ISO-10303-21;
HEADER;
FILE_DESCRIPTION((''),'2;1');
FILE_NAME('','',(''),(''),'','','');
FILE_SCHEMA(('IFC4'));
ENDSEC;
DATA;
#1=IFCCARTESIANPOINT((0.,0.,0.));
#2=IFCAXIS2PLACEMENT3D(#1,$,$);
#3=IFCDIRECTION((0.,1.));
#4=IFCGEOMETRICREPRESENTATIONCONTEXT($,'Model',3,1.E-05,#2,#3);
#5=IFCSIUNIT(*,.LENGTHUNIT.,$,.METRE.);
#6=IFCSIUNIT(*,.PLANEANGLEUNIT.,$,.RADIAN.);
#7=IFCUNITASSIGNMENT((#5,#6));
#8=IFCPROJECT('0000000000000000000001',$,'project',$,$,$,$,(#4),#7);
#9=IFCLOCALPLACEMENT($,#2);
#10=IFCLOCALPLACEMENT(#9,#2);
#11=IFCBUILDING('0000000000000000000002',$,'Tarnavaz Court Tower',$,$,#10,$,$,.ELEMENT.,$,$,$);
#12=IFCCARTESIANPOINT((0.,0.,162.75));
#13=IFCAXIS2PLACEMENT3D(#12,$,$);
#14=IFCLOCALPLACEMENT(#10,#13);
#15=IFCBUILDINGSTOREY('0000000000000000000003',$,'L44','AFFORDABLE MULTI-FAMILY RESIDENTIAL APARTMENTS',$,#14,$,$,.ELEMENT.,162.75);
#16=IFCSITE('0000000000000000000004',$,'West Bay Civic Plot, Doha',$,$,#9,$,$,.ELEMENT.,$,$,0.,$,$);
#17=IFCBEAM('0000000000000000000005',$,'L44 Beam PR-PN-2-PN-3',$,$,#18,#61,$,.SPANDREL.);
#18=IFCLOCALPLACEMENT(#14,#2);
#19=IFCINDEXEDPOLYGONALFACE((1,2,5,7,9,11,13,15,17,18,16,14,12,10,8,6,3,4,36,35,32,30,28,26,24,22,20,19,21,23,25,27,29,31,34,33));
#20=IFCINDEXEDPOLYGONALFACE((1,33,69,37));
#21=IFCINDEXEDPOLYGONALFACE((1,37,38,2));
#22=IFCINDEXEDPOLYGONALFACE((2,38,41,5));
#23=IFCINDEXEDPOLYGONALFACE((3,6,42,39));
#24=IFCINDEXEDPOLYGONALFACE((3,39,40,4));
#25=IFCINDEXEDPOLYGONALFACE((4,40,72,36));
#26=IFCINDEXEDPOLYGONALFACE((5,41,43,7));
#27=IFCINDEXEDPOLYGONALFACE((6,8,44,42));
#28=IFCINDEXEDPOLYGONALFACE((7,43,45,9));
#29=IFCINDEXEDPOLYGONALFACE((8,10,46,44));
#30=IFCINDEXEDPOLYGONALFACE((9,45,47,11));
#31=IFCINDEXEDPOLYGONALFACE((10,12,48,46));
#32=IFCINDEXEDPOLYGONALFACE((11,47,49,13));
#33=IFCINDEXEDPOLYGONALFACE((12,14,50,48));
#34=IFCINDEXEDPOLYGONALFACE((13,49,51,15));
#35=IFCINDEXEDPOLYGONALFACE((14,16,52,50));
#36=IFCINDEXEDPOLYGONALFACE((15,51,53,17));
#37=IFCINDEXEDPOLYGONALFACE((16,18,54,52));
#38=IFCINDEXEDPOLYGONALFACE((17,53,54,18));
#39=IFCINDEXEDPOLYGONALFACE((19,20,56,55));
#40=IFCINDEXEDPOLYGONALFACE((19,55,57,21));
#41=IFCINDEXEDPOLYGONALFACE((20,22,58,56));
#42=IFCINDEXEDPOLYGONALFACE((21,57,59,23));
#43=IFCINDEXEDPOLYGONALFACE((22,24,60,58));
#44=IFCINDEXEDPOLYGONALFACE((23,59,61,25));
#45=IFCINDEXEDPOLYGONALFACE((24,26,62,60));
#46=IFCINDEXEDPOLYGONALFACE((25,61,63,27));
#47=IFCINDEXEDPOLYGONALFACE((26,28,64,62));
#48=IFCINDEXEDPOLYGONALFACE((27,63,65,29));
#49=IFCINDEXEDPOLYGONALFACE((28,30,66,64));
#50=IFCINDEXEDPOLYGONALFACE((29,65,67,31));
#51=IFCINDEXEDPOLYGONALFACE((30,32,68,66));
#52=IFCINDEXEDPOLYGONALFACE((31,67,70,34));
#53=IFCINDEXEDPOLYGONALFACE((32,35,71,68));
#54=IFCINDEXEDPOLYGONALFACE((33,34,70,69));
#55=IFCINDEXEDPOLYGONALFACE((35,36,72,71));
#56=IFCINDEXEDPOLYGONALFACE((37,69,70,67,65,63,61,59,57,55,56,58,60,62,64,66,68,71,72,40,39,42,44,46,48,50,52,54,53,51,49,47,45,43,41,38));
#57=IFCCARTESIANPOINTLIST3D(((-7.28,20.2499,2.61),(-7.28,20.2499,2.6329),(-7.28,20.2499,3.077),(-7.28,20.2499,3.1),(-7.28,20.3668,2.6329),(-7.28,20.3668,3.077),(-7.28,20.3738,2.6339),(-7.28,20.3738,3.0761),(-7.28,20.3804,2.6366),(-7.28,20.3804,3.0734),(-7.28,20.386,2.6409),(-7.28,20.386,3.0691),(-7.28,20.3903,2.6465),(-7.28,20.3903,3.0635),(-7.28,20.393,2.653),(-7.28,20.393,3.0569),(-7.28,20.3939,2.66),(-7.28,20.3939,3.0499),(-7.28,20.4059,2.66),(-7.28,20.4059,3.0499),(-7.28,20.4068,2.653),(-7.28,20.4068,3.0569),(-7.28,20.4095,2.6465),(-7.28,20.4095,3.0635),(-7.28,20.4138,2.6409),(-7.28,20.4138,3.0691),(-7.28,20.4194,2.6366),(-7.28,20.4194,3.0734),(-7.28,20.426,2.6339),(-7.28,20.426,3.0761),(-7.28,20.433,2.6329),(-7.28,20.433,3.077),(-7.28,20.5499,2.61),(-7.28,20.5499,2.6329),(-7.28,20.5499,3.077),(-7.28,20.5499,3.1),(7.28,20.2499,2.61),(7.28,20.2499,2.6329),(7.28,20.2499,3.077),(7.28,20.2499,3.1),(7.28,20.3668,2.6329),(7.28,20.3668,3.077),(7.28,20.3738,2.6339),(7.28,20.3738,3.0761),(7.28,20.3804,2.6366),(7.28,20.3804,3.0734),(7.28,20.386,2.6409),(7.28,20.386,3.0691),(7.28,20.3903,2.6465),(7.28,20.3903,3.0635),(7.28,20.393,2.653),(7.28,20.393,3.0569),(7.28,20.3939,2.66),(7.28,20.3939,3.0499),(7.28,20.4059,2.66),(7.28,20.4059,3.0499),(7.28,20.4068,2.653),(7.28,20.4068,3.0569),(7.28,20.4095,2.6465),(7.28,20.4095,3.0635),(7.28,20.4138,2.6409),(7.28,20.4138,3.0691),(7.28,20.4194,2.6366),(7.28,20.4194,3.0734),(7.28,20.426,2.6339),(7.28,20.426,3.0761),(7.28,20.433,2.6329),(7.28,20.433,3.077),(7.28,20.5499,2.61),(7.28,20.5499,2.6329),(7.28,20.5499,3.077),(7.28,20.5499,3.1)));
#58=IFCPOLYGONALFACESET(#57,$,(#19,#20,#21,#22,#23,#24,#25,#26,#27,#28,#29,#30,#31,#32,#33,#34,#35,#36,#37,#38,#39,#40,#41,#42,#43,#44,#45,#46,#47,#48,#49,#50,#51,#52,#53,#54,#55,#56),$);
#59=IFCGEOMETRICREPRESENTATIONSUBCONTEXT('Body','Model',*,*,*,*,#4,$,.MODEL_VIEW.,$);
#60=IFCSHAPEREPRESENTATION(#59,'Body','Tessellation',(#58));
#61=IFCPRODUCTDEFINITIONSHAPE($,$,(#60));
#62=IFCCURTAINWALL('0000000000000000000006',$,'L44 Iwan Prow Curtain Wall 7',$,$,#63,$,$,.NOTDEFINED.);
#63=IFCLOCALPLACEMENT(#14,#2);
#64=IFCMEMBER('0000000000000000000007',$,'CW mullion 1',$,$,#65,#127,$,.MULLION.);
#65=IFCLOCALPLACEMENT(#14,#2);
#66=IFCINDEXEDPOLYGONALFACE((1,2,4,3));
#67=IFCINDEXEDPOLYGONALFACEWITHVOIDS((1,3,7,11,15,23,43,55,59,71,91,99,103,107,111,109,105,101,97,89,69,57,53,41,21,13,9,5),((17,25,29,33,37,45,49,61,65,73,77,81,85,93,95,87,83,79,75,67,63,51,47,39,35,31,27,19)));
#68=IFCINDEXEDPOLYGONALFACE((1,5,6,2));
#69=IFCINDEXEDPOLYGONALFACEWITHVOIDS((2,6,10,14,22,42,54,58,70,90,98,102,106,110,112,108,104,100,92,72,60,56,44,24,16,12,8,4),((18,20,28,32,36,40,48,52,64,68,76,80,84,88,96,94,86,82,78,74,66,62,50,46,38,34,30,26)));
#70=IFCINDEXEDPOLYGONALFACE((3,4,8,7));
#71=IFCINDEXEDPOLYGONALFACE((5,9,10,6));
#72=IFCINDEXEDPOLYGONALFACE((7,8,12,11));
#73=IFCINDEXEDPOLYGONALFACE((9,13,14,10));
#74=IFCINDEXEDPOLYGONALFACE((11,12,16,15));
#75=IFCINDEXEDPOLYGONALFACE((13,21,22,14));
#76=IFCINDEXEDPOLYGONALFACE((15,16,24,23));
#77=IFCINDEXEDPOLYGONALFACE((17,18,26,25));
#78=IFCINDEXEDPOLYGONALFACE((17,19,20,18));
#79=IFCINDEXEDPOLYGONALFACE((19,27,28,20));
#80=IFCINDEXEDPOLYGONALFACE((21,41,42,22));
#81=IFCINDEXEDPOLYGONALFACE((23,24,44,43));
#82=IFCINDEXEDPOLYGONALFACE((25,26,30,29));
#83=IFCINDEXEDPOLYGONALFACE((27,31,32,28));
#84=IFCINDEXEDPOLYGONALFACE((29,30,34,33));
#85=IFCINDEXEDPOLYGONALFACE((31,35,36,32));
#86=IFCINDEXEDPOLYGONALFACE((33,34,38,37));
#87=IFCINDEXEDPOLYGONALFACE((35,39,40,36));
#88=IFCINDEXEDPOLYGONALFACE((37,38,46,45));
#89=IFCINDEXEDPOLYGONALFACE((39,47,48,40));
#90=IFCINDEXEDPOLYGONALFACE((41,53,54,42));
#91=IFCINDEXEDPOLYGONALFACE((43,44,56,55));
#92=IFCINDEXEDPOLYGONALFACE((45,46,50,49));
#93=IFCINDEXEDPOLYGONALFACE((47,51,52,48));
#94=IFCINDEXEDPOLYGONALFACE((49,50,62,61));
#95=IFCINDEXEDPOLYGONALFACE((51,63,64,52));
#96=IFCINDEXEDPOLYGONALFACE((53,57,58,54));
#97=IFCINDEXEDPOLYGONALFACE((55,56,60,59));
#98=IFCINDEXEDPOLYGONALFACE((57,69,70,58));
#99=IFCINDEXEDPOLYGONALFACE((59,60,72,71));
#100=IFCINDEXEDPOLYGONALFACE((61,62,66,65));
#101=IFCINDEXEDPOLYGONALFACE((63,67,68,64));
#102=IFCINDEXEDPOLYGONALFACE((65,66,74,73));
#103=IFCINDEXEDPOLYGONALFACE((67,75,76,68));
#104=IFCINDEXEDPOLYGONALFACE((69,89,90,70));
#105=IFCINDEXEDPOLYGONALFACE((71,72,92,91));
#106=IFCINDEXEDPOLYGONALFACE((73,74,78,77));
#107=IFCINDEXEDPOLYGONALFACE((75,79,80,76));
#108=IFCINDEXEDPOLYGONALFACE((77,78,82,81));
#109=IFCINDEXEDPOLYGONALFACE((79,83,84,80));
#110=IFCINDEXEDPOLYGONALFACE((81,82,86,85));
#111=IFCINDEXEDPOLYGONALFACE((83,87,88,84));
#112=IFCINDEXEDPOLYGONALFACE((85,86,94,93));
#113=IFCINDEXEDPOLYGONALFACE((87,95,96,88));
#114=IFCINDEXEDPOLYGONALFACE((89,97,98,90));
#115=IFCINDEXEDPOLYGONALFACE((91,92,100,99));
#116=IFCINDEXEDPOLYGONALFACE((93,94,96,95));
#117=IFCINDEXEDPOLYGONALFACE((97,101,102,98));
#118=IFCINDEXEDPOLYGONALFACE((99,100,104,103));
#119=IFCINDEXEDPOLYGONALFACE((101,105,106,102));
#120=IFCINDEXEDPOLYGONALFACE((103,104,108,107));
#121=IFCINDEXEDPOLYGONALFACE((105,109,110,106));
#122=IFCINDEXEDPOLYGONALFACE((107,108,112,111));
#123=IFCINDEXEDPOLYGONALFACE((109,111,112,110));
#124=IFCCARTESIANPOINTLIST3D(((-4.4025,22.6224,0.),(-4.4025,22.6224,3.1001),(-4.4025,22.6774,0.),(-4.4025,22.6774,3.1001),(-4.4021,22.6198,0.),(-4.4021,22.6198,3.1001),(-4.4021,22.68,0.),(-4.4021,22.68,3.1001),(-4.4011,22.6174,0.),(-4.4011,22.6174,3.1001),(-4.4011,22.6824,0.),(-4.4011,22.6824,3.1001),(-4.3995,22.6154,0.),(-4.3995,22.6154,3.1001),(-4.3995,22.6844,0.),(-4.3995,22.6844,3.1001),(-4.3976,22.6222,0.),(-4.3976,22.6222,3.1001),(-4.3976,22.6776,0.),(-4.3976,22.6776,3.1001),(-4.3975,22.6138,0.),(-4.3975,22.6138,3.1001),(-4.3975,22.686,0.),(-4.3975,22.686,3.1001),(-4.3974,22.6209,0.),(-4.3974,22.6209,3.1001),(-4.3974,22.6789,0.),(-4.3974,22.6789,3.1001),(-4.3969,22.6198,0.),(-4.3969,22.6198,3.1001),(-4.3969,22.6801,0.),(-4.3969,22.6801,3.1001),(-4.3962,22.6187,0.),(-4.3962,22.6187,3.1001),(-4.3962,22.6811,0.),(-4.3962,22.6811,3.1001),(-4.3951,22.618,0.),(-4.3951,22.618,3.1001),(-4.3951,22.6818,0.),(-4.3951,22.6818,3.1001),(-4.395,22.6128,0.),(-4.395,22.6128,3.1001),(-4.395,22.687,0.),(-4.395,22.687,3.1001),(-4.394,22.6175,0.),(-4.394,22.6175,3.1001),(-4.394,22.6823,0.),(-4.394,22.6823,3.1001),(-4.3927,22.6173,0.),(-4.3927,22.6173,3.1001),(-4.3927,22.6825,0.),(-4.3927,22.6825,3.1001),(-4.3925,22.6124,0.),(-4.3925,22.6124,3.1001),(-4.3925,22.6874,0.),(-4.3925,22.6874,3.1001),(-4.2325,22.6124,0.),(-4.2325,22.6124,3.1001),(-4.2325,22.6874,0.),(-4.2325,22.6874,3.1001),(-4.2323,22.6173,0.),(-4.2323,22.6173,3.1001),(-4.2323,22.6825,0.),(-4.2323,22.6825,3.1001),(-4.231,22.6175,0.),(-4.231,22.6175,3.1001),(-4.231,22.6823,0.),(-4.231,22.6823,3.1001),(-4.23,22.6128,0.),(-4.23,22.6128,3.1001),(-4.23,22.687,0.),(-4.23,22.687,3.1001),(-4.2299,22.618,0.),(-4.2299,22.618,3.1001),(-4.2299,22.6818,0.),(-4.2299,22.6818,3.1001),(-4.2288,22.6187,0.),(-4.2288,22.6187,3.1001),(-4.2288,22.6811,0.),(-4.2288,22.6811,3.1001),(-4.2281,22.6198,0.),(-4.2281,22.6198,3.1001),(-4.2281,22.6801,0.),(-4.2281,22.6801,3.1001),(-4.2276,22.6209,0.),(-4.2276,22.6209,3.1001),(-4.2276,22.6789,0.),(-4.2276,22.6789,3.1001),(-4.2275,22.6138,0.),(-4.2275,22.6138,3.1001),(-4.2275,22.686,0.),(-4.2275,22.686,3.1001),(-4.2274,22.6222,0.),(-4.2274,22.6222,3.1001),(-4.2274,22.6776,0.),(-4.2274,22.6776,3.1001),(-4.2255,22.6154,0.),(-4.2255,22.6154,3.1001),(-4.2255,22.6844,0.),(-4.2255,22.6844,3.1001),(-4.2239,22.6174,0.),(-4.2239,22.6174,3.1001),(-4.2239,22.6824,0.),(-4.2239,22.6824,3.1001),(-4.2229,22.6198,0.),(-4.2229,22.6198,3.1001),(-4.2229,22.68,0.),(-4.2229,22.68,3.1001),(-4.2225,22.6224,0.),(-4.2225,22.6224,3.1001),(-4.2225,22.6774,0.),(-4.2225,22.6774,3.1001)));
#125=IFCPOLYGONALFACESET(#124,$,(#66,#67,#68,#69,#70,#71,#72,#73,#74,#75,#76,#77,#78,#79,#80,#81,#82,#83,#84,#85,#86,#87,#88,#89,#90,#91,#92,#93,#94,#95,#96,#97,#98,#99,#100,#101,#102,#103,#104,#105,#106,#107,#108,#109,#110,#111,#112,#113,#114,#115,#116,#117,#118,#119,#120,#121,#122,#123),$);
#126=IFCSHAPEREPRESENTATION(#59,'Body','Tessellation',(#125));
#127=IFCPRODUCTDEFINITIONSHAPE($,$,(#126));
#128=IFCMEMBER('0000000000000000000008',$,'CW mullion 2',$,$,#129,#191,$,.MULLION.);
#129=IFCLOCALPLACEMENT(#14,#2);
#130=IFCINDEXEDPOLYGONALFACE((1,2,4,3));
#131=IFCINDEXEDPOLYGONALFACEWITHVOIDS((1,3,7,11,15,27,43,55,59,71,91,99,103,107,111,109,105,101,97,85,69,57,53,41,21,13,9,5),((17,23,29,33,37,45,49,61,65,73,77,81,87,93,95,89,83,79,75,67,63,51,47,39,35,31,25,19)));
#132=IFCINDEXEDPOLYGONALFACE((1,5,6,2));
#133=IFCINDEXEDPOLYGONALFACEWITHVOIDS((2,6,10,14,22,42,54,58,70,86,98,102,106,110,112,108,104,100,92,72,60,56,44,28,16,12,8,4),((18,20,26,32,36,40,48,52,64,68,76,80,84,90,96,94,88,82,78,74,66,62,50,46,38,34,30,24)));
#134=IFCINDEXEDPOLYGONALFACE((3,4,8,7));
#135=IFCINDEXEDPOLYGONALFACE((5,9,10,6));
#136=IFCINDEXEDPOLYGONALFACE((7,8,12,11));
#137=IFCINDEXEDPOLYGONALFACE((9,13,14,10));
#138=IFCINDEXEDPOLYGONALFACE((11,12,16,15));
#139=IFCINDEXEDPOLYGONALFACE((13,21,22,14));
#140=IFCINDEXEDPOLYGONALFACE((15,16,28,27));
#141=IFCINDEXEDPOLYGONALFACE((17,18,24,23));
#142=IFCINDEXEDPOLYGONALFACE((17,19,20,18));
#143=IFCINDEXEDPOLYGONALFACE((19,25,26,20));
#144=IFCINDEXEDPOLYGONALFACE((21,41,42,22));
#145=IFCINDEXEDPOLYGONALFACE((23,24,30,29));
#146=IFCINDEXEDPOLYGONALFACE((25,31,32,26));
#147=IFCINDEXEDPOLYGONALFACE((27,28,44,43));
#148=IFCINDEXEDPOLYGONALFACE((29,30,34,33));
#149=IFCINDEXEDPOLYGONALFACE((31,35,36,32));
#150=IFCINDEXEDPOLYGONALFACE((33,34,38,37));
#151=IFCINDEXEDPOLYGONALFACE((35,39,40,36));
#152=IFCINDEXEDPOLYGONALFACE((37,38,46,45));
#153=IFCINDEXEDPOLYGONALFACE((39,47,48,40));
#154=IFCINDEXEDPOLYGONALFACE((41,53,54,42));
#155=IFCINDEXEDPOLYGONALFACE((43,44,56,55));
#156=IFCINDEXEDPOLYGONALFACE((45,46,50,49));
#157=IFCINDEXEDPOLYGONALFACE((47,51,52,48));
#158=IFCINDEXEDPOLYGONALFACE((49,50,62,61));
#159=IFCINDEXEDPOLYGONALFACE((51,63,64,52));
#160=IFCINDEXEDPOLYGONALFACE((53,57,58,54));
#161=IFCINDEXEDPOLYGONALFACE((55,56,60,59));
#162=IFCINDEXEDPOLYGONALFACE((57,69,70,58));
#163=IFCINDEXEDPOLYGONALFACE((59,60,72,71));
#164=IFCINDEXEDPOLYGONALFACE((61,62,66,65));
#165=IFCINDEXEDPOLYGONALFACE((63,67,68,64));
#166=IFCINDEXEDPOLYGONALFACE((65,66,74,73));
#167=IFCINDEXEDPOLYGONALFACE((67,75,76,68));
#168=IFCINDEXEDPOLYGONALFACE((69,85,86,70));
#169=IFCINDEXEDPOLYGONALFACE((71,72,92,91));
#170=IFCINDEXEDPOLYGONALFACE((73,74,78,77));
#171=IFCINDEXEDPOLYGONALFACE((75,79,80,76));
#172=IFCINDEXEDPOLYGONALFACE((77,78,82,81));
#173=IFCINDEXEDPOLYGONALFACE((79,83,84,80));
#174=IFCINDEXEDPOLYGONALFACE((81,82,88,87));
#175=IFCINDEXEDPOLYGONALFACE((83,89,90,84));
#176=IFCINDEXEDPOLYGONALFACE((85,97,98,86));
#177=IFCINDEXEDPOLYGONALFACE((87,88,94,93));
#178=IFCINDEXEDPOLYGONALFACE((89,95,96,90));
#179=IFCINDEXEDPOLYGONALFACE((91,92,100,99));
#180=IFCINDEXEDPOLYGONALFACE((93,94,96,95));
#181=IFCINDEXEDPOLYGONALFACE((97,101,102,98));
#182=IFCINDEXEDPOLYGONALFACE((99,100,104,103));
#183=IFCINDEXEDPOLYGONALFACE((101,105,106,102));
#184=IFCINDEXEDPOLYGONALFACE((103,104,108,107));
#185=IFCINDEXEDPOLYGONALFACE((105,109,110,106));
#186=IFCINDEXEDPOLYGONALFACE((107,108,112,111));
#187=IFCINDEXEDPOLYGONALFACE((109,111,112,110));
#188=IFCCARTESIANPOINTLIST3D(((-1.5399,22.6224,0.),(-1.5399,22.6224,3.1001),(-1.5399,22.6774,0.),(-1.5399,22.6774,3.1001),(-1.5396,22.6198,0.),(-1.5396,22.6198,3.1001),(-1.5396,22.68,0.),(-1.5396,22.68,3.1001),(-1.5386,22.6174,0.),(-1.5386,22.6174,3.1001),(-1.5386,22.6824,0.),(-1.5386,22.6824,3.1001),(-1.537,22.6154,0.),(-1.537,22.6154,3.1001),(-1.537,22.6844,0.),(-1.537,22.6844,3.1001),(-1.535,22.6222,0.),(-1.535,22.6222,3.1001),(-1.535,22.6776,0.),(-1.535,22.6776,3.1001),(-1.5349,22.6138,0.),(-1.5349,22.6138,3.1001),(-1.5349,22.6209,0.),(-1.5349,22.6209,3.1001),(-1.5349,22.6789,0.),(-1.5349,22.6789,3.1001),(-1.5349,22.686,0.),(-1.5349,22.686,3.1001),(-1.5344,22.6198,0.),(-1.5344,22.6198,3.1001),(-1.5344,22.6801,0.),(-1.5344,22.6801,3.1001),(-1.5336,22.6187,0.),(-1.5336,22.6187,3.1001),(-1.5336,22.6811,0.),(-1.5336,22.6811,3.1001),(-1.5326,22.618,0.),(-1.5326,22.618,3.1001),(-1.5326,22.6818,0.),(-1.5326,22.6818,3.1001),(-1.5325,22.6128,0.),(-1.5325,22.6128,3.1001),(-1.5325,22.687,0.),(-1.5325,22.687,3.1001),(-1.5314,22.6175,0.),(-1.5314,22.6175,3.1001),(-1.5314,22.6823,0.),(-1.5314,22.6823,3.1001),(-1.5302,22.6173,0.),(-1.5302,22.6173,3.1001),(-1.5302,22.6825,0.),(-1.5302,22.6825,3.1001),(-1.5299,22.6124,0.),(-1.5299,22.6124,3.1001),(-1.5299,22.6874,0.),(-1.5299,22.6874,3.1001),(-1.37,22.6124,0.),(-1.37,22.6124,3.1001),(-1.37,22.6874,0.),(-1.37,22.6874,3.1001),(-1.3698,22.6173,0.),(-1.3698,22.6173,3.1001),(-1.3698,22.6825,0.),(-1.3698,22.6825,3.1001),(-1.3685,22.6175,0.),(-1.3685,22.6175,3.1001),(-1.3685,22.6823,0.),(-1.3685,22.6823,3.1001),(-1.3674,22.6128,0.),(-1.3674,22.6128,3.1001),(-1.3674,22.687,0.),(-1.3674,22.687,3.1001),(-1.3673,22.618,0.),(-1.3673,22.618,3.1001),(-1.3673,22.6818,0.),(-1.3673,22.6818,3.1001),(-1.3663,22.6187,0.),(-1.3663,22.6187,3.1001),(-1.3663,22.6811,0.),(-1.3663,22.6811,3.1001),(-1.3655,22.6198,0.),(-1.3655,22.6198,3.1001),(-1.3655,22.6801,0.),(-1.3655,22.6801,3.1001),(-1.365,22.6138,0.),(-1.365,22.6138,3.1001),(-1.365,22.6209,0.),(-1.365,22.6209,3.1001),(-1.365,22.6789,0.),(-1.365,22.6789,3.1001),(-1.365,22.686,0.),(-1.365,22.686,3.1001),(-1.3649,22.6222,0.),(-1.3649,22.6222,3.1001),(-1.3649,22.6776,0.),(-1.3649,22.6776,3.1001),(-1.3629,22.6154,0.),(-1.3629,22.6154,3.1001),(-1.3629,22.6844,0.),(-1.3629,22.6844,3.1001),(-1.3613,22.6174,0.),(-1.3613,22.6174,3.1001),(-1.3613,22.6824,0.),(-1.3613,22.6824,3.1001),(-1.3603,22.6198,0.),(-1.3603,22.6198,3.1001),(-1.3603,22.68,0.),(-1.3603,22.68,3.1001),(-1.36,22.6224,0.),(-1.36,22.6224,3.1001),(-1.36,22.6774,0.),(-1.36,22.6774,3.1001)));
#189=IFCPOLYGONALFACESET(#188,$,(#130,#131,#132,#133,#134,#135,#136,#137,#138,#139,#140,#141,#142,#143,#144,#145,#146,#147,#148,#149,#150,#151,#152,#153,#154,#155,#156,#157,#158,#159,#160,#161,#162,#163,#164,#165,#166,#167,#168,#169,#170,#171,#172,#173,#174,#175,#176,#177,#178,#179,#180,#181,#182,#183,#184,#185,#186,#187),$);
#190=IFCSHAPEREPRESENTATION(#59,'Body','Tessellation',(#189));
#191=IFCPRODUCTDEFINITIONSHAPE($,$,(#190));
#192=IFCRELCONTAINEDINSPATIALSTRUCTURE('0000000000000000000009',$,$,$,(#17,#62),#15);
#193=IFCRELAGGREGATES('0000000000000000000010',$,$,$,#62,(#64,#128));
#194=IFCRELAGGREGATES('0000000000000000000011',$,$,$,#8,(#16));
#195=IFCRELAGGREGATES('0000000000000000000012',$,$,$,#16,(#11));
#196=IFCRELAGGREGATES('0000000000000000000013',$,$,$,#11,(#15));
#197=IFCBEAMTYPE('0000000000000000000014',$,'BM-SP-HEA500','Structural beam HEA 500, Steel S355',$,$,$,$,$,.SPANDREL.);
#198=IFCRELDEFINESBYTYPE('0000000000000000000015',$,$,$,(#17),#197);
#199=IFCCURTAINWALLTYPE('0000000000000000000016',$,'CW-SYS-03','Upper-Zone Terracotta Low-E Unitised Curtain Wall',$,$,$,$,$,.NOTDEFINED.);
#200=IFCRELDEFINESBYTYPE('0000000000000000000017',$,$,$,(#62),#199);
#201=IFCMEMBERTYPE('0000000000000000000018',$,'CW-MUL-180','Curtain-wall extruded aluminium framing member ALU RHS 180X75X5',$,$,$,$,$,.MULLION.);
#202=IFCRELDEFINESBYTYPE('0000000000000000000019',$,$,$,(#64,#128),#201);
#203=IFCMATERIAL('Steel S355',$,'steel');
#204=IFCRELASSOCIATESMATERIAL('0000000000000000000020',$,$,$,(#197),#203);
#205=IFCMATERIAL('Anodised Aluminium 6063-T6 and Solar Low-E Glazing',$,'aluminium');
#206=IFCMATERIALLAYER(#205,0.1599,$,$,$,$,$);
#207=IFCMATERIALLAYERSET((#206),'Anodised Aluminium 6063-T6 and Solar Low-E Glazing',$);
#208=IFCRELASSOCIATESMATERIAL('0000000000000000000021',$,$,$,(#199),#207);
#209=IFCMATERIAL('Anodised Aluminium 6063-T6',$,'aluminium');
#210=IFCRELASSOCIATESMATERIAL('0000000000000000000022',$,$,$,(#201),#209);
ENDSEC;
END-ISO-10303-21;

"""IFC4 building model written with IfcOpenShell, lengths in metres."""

from ifc_helpers import new_model, si_unit, direction, frame, origin, origin_2d, place, context, subcontext, project, spatial, hollow_rectangle, i_section, extrude, material, layer, layer_set, material_profile, profile_set, type_object, element, aggregate, save


model = new_model("IFC4")

# Units and contexts
model_context = context("Model", 3, precision=1e-05, world=origin(), true_north=direction((0.0, 1.0)))
body_context = subcontext(model_context, "Body", "Model", "MODEL_VIEW")
ifc_project = project(units=[si_unit("LENGTHUNIT", "METRE"), si_unit("PLANEANGLEUNIT", "RADIAN")], contexts=[model_context])

# Site, building, storey
site_placement = place(None, origin())
site = spatial("IfcSite", under=ifc_project, at=site_placement, Name="West Bay Civic Plot, Doha", CompositionType="ELEMENT", RefElevation=0.0)
building_placement = place(site_placement, origin())
building = spatial("IfcBuilding", under=site, at=building_placement, Name="Tarnavaz Court Tower", CompositionType="ELEMENT")
storey_placement = place(building_placement, frame((0.0, 0.0, 162.75)))
storey = spatial("IfcBuildingStorey", under=building, at=storey_placement, Name="L44", Description="AFFORDABLE MULTI-FAMILY RESIDENTIAL APARTMENTS", CompositionType="ELEMENT", Elevation=162.75)

# Beam
ifc_material_1 = material(Name="Steel S355", Category="steel")
ifc_material_profile_1 = material_profile(ifc_material_1, i_section(OverallWidth=0.3, OverallDepth=0.49, WebThickness=0.012, FlangeThickness=0.0229, FilletRadius=0.0271, at=origin_2d()), Name="HEA 500")
ifc_profile_set_1 = profile_set([ifc_material_profile_1], Name="Steel S355")
beam_type_1 = type_object("IfcBeamType", Name="BM-SP-HEA500", Description="Structural beam HEA 500, Steel S355", PredefinedType="SPANDREL", material=ifc_profile_set_1)
beam_placement = place(storey_placement, frame((-7.28, 20.3999, 2.855), z_axis=(1.0, 0.0, 0.0), x_axis=(0.0, 1.0, 0.0)))
element("IfcBeam", 1, at=beam_placement, inside=storey, type_object=beam_type_1, Name="L44 Beam PR-PN-2-PN-3", PredefinedType="SPANDREL", context=body_context, shape_type="SweptSolid", body=[
    extrude(i_section(OverallWidth=0.3, OverallDepth=0.49, WebThickness=0.012, FlangeThickness=0.0229, FilletRadius=0.0271, at=origin_2d()), origin(), (0.0, 0.0, 1.0), 14.5601),
])

# Curtain wall, members
ifc_material_2 = material(Name="Anodised Aluminium 6063-T6 and Solar Low-E Glazing", Category="aluminium")
ifc_layer_1 = layer(ifc_material_2, 0.1599)
ifc_layer_set_1 = layer_set([ifc_layer_1], Name="Anodised Aluminium 6063-T6 and Solar Low-E Glazing")
curtain_wall_type = type_object("IfcCurtainWallType", Name="CW-SYS-03", Description="Upper-Zone Terracotta Low-E Unitised Curtain Wall", PredefinedType="NOTDEFINED", material=ifc_layer_set_1)
curtain_wall_placement = place(storey_placement, origin())
curtain_wall = element("IfcCurtainWall", 2, at=curtain_wall_placement, inside=storey, type_object=curtain_wall_type, Name="L44 Iwan Prow Curtain Wall 7", PredefinedType="NOTDEFINED")
ifc_material_3 = material(Name="Anodised Aluminium 6063-T6", Category="aluminium")
ifc_material_profile_2 = material_profile(ifc_material_3, hollow_rectangle(XDim=0.075, YDim=0.1799, WallThickness=0.0049, InnerFilletRadius=0.0049, OuterFilletRadius=0.01, at=origin_2d()), Name="ALU RHS 180X75X5")
ifc_profile_set_2 = profile_set([ifc_material_profile_2], Name="Anodised Aluminium 6063-T6")
member_type_1 = type_object("IfcMemberType", Name="CW-MUL-180", Description="Curtain-wall extruded aluminium framing member ALU RHS 180X75X5", PredefinedType="MULLION", material=ifc_profile_set_2)
member_1_placement = place(storey_placement, frame((-4.3125, 22.6499, 0.0), z_axis=(0.0, 0.0, 1.0), x_axis=(0.0, 1.0, 0.0)))
member_1 = element("IfcMember", 3, at=member_1_placement, type_object=member_type_1, Name="CW mullion 1", PredefinedType="MULLION", context=body_context, shape_type="SweptSolid", body=[
    extrude(hollow_rectangle(XDim=0.075, YDim=0.1799, WallThickness=0.0049, InnerFilletRadius=0.0049, OuterFilletRadius=0.01, at=origin_2d()), origin(), (0.0, 0.0, 1.0), 3.1001),
])
member_2_placement = place(storey_placement, frame((-1.45, 22.6499, 0.0), z_axis=(0.0, 0.0, 1.0), x_axis=(0.0, 1.0, 0.0)))
member_2 = element("IfcMember", 4, at=member_2_placement, type_object=member_type_1, Name="CW mullion 2", PredefinedType="MULLION", context=body_context, shape_type="SweptSolid", body=[
    extrude(hollow_rectangle(XDim=0.075, YDim=0.1799, WallThickness=0.0049, InnerFilletRadius=0.0049, OuterFilletRadius=0.01, at=origin_2d()), origin(), (0.0, 0.0, 1.0), 3.1001),
])
aggregate(curtain_wall, [member_1, member_2])

save(model, "model.ifc")
